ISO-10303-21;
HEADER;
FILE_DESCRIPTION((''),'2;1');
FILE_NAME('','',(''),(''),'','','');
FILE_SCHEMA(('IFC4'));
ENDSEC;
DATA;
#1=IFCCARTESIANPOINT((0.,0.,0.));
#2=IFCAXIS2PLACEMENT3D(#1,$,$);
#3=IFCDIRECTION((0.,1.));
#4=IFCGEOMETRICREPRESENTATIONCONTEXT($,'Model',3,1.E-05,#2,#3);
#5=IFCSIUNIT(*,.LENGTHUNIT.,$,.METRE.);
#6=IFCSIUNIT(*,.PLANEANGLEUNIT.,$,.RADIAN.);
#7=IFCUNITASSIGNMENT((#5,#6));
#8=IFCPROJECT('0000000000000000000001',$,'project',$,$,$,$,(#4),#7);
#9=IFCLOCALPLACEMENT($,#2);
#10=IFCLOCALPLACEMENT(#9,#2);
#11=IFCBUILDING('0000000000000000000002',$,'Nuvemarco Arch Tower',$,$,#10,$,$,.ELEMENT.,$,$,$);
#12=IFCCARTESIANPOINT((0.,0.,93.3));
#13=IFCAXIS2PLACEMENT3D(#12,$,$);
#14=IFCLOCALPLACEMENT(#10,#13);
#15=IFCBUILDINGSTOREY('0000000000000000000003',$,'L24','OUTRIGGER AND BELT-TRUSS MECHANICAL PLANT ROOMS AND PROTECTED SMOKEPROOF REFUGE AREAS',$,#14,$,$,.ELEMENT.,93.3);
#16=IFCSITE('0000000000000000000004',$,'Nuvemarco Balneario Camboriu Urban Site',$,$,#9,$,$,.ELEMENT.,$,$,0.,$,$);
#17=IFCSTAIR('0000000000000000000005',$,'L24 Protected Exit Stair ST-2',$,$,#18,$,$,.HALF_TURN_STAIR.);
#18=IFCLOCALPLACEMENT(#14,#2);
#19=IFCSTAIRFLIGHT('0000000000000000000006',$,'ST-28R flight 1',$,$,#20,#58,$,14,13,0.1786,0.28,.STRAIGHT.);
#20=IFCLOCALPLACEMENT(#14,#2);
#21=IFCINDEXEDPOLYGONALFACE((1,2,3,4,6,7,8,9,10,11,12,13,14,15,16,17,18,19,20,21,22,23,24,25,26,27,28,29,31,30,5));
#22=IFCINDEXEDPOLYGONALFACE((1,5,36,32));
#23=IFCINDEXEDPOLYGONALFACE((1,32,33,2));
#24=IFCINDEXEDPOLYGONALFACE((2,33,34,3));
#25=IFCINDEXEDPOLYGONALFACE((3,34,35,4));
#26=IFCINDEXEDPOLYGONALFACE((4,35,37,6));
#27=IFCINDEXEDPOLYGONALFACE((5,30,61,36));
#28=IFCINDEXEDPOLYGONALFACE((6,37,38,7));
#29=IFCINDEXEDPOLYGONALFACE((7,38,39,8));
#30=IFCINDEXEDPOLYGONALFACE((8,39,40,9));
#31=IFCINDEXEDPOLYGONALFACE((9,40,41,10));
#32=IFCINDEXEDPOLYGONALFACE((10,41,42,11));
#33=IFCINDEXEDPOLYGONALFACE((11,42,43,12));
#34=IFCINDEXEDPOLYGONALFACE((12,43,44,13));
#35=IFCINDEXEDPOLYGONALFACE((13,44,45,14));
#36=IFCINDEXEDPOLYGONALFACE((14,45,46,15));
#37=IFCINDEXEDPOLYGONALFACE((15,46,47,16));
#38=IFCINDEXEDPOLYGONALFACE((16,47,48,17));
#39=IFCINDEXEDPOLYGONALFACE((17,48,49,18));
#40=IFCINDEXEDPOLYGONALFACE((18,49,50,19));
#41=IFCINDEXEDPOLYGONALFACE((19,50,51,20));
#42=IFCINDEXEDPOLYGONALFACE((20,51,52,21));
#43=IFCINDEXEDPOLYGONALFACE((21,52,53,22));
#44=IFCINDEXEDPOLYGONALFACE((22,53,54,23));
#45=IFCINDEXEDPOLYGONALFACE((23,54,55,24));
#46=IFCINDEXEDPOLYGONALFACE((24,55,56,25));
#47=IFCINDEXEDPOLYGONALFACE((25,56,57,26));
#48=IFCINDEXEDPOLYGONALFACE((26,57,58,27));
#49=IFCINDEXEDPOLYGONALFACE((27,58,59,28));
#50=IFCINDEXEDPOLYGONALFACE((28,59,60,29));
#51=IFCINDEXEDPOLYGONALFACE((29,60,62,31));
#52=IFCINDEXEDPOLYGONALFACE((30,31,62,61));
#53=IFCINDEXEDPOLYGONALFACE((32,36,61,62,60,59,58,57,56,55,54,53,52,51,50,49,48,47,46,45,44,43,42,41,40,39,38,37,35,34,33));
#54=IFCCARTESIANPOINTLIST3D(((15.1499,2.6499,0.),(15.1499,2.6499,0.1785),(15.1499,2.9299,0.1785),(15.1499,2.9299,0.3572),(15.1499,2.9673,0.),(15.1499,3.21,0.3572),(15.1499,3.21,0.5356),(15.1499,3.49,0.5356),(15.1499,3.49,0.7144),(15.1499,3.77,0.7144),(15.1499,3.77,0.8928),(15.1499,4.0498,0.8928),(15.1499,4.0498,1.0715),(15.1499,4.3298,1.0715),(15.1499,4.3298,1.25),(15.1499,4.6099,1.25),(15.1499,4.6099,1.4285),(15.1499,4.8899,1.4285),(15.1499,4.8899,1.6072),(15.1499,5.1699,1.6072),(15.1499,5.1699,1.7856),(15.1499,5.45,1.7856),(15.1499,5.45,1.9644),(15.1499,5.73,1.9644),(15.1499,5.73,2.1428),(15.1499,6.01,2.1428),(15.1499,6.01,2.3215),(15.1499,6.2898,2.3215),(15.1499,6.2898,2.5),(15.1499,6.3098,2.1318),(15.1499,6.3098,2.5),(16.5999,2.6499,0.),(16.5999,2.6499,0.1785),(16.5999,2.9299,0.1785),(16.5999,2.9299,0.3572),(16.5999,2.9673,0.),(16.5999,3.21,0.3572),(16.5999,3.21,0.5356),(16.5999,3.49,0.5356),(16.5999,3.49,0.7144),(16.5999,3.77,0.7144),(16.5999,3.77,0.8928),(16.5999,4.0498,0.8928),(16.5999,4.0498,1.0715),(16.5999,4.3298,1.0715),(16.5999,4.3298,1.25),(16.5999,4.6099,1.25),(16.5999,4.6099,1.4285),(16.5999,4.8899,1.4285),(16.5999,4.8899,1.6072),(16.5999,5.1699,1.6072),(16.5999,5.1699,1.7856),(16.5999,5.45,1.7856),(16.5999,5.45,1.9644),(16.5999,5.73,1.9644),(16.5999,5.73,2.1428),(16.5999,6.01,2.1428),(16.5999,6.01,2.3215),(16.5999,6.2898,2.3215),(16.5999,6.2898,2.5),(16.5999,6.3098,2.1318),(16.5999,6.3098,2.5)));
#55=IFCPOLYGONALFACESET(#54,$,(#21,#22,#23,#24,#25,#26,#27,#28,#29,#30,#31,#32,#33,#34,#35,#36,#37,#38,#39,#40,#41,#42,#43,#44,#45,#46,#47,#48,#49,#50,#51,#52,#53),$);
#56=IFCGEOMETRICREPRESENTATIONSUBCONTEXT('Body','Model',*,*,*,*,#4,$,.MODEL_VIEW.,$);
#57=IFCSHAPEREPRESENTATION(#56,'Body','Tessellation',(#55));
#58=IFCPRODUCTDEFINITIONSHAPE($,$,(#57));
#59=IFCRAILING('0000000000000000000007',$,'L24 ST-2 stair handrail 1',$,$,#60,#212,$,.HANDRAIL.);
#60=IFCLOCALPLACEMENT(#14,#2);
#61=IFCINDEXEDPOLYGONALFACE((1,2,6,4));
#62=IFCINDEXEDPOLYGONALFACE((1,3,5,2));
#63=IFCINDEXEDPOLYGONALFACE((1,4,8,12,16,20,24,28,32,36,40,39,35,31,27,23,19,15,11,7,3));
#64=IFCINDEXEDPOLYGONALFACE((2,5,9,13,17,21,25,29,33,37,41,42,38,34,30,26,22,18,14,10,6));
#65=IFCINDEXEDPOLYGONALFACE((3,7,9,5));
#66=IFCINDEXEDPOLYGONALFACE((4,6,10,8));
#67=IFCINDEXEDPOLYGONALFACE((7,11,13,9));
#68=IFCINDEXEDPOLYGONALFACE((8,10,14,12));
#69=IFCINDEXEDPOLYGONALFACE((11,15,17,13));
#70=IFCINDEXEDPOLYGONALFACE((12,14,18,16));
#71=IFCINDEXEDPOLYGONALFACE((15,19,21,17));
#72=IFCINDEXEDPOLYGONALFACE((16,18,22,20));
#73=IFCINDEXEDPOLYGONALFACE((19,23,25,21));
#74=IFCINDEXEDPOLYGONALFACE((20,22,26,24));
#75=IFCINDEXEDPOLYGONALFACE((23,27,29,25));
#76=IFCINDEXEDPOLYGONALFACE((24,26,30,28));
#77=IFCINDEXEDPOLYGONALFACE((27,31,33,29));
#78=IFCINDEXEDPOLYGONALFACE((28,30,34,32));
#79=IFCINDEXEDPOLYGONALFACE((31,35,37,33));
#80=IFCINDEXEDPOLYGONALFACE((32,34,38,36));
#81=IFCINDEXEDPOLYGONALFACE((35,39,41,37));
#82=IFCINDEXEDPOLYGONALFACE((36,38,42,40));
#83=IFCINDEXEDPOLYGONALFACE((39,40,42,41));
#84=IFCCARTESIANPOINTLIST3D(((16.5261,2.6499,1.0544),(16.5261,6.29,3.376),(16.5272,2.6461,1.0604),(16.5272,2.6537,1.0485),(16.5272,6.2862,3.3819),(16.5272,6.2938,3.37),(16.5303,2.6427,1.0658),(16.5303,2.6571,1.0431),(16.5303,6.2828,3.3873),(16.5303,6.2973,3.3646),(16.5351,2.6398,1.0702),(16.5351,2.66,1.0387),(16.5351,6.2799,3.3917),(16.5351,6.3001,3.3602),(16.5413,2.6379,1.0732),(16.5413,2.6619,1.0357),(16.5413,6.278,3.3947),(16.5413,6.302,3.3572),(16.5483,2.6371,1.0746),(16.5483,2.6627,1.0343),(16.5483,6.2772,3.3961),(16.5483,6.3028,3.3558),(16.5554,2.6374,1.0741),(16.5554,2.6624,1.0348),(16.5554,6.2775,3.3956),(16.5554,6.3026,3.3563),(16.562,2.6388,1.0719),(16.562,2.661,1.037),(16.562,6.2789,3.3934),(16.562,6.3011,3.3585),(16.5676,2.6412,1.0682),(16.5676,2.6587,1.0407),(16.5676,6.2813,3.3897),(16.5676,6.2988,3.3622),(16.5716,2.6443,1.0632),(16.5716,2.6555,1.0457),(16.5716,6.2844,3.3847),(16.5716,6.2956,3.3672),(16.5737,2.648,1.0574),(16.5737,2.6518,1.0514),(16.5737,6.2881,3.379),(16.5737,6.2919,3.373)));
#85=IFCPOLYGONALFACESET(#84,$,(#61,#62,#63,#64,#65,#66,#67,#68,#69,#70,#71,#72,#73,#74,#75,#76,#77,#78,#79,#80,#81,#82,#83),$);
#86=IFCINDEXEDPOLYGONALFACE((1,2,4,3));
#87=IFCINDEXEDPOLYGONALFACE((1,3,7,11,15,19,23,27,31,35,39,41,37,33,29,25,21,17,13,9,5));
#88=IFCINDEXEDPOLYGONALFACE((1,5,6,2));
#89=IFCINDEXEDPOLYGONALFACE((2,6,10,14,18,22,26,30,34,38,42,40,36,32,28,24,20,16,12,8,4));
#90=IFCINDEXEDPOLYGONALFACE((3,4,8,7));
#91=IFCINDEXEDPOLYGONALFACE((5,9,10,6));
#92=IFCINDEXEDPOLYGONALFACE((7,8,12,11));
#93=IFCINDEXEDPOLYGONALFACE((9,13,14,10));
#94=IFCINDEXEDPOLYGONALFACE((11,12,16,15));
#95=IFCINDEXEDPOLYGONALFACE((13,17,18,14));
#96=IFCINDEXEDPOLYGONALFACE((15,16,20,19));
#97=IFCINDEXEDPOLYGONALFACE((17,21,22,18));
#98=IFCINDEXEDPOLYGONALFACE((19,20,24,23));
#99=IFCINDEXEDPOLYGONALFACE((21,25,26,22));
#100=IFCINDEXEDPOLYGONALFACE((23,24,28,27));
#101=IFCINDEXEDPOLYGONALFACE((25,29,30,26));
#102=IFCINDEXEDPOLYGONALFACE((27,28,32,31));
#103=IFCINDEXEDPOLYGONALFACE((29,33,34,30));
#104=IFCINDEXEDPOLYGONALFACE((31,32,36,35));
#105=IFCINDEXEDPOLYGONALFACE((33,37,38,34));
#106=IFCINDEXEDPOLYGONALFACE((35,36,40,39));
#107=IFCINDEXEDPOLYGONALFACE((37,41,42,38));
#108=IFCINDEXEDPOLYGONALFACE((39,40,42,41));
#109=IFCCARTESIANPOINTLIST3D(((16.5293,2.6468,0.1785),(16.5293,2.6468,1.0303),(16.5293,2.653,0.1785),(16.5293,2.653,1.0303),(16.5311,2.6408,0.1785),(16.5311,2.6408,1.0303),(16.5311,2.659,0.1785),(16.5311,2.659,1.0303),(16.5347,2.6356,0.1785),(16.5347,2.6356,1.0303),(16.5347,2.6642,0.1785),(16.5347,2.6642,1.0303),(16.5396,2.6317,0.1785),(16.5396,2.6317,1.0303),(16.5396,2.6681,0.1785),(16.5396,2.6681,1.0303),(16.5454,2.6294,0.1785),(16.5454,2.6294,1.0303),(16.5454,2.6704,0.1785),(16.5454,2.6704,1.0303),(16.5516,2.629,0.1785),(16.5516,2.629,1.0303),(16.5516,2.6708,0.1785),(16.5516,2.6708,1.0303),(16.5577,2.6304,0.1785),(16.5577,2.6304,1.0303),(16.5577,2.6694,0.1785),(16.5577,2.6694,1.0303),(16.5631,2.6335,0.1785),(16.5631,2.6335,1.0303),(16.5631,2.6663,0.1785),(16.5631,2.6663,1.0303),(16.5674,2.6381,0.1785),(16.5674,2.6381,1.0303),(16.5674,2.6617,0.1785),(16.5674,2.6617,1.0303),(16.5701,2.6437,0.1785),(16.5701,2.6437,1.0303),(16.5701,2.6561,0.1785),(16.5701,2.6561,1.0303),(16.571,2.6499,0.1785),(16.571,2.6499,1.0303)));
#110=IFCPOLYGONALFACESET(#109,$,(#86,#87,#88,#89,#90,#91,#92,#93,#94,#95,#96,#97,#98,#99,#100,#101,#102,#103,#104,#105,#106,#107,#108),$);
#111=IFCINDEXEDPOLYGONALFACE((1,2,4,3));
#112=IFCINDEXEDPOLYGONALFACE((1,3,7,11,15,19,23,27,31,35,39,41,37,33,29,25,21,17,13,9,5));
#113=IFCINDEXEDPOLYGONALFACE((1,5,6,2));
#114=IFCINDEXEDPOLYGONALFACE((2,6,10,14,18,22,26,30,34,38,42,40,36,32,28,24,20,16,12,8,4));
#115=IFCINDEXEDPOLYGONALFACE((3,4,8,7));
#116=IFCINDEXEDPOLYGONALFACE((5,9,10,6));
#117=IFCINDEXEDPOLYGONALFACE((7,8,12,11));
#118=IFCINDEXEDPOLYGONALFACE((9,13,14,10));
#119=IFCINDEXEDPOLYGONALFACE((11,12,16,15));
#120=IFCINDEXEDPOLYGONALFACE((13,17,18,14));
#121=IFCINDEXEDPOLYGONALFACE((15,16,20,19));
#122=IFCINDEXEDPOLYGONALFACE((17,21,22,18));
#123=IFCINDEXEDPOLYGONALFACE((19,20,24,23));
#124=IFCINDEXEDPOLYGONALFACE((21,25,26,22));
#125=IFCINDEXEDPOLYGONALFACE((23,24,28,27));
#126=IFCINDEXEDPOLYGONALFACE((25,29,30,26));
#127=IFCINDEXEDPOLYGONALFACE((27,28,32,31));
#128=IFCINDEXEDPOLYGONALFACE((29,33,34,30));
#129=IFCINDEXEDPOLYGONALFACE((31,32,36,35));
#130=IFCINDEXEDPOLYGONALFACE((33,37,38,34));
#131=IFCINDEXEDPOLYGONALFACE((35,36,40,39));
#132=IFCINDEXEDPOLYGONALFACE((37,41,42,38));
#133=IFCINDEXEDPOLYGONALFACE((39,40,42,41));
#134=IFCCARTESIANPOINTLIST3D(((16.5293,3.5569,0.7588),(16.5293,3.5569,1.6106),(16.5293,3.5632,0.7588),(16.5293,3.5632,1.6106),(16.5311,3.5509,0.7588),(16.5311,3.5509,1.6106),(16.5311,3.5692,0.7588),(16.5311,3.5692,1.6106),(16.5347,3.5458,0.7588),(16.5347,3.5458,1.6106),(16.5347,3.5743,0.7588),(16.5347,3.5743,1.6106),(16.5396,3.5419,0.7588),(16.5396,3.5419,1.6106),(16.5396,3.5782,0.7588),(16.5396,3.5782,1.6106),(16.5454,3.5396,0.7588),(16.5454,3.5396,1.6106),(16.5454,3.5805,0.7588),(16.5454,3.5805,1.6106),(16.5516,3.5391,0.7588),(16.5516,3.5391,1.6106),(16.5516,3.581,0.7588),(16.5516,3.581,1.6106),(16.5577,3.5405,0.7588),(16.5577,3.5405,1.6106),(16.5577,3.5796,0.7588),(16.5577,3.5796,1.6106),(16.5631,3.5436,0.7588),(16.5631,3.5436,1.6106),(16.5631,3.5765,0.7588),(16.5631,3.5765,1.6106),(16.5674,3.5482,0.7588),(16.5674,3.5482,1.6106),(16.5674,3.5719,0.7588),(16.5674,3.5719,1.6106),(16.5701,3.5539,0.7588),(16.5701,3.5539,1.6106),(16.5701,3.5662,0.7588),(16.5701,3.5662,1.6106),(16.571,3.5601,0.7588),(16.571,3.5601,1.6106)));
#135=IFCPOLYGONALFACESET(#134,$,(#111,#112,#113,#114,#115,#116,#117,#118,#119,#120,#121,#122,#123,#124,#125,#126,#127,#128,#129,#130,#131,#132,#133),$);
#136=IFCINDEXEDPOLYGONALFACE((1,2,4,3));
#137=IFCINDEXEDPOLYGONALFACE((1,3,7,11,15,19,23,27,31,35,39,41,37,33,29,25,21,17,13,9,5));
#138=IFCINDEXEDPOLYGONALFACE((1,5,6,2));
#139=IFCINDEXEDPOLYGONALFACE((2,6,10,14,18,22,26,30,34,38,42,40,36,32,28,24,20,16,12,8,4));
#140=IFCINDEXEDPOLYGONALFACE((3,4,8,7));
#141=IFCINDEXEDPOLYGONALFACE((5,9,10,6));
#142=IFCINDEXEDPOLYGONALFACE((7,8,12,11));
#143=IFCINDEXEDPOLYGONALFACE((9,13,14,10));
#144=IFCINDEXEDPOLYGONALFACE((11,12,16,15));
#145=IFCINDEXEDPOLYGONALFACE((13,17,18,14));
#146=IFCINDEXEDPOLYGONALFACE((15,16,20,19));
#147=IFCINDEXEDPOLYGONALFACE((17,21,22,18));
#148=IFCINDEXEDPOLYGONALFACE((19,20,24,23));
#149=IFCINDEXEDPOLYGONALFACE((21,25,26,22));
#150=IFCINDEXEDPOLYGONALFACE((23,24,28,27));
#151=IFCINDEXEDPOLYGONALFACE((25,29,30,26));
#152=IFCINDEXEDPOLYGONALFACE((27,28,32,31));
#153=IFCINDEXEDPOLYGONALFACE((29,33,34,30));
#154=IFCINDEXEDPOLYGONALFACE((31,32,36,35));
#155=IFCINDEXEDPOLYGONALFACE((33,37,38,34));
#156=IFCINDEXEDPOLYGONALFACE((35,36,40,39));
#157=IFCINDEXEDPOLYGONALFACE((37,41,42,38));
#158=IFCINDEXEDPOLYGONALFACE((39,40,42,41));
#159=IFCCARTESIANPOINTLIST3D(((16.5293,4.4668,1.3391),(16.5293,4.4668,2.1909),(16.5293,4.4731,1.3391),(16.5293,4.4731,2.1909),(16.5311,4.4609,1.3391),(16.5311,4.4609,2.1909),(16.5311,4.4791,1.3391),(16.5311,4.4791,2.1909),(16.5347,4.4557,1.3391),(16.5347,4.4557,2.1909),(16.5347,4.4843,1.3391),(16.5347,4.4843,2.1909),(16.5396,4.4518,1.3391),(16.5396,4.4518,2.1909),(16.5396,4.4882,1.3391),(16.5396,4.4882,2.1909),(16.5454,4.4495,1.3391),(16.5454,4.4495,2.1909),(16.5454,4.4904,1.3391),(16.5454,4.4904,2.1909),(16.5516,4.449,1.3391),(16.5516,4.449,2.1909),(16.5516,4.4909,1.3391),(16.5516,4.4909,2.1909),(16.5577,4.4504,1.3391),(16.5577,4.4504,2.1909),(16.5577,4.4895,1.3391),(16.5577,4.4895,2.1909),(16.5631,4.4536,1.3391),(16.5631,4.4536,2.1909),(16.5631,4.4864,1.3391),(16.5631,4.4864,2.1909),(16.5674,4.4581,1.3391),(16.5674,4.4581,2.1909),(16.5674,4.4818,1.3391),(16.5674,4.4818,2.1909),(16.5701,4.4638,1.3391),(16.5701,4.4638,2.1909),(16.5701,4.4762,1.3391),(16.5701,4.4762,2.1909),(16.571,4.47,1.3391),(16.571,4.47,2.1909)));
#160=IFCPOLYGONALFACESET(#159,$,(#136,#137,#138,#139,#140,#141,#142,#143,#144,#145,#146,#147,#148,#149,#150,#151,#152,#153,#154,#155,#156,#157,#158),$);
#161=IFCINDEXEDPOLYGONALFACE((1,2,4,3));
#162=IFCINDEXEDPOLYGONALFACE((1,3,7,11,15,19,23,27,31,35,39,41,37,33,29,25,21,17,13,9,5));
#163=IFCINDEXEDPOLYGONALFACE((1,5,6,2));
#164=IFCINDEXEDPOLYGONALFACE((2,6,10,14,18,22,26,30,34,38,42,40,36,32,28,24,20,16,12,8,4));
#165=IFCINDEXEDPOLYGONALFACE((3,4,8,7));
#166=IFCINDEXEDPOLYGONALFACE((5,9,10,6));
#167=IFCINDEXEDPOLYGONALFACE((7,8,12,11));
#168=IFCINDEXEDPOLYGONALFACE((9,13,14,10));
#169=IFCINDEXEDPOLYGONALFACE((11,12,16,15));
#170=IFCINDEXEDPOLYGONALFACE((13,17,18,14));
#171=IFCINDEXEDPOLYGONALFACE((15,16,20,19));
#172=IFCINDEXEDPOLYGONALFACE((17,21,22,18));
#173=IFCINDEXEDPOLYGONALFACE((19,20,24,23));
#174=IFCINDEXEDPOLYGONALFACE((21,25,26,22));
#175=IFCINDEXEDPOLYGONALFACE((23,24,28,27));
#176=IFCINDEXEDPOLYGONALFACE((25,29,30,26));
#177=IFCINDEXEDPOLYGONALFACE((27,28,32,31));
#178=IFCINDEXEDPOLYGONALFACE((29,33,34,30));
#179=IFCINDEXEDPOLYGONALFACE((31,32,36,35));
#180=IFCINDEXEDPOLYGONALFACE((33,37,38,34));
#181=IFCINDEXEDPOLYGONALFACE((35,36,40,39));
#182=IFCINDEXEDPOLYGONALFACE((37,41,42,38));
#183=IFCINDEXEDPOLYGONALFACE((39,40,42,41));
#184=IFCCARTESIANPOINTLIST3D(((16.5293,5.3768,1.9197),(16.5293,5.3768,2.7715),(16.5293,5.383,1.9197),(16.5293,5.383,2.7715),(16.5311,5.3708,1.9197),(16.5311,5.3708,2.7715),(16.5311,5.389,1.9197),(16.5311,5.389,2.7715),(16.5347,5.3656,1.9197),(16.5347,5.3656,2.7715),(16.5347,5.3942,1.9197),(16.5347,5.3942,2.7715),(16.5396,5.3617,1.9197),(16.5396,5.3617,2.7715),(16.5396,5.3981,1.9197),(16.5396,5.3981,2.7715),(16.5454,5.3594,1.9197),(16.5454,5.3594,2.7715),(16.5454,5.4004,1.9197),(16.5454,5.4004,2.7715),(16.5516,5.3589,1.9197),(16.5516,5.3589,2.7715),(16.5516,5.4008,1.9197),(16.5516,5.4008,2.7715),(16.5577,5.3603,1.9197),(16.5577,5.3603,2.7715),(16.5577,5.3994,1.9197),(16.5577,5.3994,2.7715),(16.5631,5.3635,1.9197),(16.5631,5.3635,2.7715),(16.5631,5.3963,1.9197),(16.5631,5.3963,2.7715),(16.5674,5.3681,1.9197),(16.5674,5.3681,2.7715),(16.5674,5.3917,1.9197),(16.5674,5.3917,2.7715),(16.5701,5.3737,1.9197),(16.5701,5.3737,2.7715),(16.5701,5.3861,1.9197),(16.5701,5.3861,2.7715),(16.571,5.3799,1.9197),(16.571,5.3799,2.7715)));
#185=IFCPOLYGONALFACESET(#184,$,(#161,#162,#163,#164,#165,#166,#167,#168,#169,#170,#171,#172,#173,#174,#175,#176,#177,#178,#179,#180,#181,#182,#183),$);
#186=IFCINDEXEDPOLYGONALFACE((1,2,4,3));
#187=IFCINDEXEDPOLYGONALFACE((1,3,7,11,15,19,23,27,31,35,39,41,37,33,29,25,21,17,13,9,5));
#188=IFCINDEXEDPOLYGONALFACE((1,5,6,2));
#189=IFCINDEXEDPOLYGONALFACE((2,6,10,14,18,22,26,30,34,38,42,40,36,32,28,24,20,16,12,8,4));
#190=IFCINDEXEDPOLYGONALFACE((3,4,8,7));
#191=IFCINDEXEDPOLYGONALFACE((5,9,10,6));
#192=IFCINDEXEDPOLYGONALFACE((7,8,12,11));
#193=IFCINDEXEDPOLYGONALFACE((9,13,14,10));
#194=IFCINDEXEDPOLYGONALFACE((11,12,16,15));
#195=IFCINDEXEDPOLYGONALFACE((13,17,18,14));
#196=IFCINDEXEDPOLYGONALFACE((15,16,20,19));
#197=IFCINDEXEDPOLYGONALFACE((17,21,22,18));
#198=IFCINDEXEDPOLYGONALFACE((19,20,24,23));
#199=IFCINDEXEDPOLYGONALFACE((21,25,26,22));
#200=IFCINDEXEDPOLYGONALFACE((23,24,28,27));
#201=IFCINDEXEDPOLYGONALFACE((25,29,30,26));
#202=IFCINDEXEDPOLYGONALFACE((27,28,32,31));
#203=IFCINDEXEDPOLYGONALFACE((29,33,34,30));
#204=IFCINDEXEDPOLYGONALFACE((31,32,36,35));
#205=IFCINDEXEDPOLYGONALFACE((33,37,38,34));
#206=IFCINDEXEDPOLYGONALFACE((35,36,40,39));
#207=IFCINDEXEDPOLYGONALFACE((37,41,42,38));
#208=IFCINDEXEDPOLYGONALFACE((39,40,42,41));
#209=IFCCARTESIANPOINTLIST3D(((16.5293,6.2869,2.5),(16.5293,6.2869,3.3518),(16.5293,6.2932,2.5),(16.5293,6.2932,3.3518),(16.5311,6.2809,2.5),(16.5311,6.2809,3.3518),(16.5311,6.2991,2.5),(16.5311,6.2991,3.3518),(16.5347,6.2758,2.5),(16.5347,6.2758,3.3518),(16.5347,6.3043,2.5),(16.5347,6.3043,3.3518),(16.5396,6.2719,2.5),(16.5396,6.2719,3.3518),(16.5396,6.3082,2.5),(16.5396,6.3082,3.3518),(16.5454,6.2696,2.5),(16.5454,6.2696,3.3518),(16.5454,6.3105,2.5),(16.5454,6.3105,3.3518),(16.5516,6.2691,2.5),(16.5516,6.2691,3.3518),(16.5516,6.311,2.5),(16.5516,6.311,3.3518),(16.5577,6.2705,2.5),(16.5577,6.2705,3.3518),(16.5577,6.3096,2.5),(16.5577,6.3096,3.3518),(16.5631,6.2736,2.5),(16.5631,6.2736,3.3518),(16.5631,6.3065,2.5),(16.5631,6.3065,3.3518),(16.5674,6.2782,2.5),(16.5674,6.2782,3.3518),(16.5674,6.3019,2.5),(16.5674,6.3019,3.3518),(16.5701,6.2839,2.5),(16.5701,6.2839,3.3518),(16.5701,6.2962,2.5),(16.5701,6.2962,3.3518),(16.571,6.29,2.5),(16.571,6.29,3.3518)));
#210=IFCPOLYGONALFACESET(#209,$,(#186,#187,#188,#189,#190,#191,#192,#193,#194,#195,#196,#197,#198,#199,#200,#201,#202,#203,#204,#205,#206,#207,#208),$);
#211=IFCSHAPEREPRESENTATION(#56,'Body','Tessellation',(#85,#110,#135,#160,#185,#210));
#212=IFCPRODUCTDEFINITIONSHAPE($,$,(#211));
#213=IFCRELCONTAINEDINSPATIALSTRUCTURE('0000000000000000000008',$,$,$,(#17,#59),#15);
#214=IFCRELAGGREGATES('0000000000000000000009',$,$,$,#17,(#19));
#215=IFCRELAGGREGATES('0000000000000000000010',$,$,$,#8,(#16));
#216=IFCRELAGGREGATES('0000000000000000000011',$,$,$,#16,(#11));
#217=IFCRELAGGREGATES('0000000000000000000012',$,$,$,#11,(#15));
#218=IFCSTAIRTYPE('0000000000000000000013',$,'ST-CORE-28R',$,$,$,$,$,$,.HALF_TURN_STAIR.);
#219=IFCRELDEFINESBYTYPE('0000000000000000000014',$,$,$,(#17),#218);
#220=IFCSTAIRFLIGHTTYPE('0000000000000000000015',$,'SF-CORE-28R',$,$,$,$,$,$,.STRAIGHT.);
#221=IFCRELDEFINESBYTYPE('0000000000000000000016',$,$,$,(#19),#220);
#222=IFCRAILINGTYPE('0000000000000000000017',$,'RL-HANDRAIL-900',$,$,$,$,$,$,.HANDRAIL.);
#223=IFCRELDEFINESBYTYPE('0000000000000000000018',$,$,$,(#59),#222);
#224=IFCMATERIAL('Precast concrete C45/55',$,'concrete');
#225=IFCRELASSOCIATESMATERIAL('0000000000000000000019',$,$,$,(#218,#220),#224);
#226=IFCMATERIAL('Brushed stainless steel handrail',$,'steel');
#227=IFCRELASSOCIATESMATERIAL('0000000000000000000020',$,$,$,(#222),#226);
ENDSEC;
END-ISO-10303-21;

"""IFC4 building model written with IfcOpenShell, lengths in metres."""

from ifc_helpers import new_model, si_unit, direction, frame, origin, origin_2d, place, context, subcontext, project, spatial, polyline, circle, outline, extrude, material, type_object, element, aggregate, save


model = new_model("IFC4")

# Units and contexts
model_context = context("Model", 3, precision=1e-05, world=origin(), true_north=direction((0.0, 1.0)))
body_context = subcontext(model_context, "Body", "Model", "MODEL_VIEW")
ifc_project = project(units=[si_unit("LENGTHUNIT", "METRE"), si_unit("PLANEANGLEUNIT", "RADIAN")], contexts=[model_context])

# Site, building, storey
site_placement = place(None, origin())
site = spatial("IfcSite", under=ifc_project, at=site_placement, Name="Nuvemarco Balneario Camboriu Urban Site", CompositionType="ELEMENT", RefElevation=0.0)
building_placement = place(site_placement, origin())
building = spatial("IfcBuilding", under=site, at=building_placement, Name="Nuvemarco Arch Tower", CompositionType="ELEMENT")
storey_placement = place(building_placement, frame((0.0, 0.0, 93.3)))
storey = spatial("IfcBuildingStorey", under=building, at=storey_placement, Name="L24", Description="OUTRIGGER AND BELT-TRUSS MECHANICAL PLANT ROOMS AND PROTECTED SMOKEPROOF REFUGE AREAS", CompositionType="ELEMENT", Elevation=93.3)

# Shared definitions
ifc_material_1 = material(Name="Precast concrete C45/55", Category="concrete")

# Stair, stair flight
stair_type = type_object("IfcStairType", Name="ST-CORE-28R", PredefinedType="HALF_TURN_STAIR", material=ifc_material_1)
stair_placement = place(storey_placement, origin())
stair = element("IfcStair", 1, at=stair_placement, inside=storey, type_object=stair_type, Name="L24 Protected Exit Stair ST-2", PredefinedType="HALF_TURN_STAIR")
stair_flight_type = type_object("IfcStairFlightType", Name="SF-CORE-28R", PredefinedType="STRAIGHT", material=ifc_material_1)
stair_flight_placement = place(storey_placement, frame((15.875, 2.6499, 0.0), z_axis=(0.0, 0.0, 1.0), x_axis=(0.0, 1.0, 0.0)))
stair_flight = element("IfcStairFlight", 2, at=stair_flight_placement, type_object=stair_flight_type, Name="ST-28R flight 1", NumberOfRisers=14, NumberOfTreads=13, PredefinedType="STRAIGHT", RiserHeight=0.1786, TreadLength=0.28, context=body_context, shape_type="SweptSolid", body=[
    extrude(outline(polyline([(0.0, 0.0), (0.0, 0.1785), (0.28, 0.1785), (0.28, 0.3572), (0.5601, 0.3572), (0.5601, 0.5356), (0.8401, 0.5356), (0.8401, 0.7144), (1.1201, 0.7144), (1.1201, 0.8928), (1.3999, 0.8928), (1.3999, 1.0715), (1.6799, 1.0715), (1.6799, 1.25), (1.96, 1.25), (1.96, 1.4285), (2.24, 1.4285), (2.24, 1.6072), (2.52, 1.6072), (2.52, 1.7856), (2.8, 1.7856), (2.8, 1.9644), (3.0801, 1.9644), (3.0801, 2.1428), (3.3601, 2.1428), (3.3601, 2.3215), (3.6399, 2.3215), (3.6399, 2.5), (3.6599, 2.5), (3.6599, 2.1318), (0.3174, 0.0), (0.0, 0.0)])), frame((0.0, 0.7251, 0.0), z_axis=(0.0, -1.0, 0.0), x_axis=(1.0, 0.0, 0.0)), (0.0, 0.0, 1.0), 1.45),
])
aggregate(stair, [stair_flight])

# Railing
ifc_material_2 = material(Name="Brushed stainless steel handrail", Category="steel")
railing_type_1 = type_object("IfcRailingType", Name="RL-HANDRAIL-900", PredefinedType="HANDRAIL", material=ifc_material_2)
railing_1_placement = place(storey_placement, frame((16.55, 2.6499, 0.1785)))
element("IfcRailing", 3, at=railing_1_placement, inside=storey, type_object=railing_type_1, Name="L24 ST-2 stair handrail 1", PredefinedType="HANDRAIL", context=body_context, shape_type="SweptSolid", body=[
    extrude(circle(Radius=0.0239, at=origin_2d()), frame((0.0, 0.0, 0.876), z_axis=(0.0, 0.843128, 0.537713), x_axis=(-1.0, 0.0, 0.0)), (0.0, 0.0, 1.0), 4.3174),
    extrude(circle(Radius=0.021, at=origin_2d()), origin(), (0.0, 0.0, 1.0), 0.8518),
    extrude(circle(Radius=0.021, at=origin_2d()), frame((0.0, 0.9102, 0.5803)), (0.0, 0.0, 1.0), 0.8518),
    extrude(circle(Radius=0.021, at=origin_2d()), frame((0.0, 1.8201, 1.1606)), (0.0, 0.0, 1.0), 0.8518),
    extrude(circle(Radius=0.021, at=origin_2d()), frame((0.0, 2.73, 1.7412)), (0.0, 0.0, 1.0), 0.8518),
    extrude(circle(Radius=0.021, at=origin_2d()), frame((0.0, 3.6401, 2.3215)), (0.0, 0.0, 1.0), 0.8518),
])

save(model, "model.ifc")
